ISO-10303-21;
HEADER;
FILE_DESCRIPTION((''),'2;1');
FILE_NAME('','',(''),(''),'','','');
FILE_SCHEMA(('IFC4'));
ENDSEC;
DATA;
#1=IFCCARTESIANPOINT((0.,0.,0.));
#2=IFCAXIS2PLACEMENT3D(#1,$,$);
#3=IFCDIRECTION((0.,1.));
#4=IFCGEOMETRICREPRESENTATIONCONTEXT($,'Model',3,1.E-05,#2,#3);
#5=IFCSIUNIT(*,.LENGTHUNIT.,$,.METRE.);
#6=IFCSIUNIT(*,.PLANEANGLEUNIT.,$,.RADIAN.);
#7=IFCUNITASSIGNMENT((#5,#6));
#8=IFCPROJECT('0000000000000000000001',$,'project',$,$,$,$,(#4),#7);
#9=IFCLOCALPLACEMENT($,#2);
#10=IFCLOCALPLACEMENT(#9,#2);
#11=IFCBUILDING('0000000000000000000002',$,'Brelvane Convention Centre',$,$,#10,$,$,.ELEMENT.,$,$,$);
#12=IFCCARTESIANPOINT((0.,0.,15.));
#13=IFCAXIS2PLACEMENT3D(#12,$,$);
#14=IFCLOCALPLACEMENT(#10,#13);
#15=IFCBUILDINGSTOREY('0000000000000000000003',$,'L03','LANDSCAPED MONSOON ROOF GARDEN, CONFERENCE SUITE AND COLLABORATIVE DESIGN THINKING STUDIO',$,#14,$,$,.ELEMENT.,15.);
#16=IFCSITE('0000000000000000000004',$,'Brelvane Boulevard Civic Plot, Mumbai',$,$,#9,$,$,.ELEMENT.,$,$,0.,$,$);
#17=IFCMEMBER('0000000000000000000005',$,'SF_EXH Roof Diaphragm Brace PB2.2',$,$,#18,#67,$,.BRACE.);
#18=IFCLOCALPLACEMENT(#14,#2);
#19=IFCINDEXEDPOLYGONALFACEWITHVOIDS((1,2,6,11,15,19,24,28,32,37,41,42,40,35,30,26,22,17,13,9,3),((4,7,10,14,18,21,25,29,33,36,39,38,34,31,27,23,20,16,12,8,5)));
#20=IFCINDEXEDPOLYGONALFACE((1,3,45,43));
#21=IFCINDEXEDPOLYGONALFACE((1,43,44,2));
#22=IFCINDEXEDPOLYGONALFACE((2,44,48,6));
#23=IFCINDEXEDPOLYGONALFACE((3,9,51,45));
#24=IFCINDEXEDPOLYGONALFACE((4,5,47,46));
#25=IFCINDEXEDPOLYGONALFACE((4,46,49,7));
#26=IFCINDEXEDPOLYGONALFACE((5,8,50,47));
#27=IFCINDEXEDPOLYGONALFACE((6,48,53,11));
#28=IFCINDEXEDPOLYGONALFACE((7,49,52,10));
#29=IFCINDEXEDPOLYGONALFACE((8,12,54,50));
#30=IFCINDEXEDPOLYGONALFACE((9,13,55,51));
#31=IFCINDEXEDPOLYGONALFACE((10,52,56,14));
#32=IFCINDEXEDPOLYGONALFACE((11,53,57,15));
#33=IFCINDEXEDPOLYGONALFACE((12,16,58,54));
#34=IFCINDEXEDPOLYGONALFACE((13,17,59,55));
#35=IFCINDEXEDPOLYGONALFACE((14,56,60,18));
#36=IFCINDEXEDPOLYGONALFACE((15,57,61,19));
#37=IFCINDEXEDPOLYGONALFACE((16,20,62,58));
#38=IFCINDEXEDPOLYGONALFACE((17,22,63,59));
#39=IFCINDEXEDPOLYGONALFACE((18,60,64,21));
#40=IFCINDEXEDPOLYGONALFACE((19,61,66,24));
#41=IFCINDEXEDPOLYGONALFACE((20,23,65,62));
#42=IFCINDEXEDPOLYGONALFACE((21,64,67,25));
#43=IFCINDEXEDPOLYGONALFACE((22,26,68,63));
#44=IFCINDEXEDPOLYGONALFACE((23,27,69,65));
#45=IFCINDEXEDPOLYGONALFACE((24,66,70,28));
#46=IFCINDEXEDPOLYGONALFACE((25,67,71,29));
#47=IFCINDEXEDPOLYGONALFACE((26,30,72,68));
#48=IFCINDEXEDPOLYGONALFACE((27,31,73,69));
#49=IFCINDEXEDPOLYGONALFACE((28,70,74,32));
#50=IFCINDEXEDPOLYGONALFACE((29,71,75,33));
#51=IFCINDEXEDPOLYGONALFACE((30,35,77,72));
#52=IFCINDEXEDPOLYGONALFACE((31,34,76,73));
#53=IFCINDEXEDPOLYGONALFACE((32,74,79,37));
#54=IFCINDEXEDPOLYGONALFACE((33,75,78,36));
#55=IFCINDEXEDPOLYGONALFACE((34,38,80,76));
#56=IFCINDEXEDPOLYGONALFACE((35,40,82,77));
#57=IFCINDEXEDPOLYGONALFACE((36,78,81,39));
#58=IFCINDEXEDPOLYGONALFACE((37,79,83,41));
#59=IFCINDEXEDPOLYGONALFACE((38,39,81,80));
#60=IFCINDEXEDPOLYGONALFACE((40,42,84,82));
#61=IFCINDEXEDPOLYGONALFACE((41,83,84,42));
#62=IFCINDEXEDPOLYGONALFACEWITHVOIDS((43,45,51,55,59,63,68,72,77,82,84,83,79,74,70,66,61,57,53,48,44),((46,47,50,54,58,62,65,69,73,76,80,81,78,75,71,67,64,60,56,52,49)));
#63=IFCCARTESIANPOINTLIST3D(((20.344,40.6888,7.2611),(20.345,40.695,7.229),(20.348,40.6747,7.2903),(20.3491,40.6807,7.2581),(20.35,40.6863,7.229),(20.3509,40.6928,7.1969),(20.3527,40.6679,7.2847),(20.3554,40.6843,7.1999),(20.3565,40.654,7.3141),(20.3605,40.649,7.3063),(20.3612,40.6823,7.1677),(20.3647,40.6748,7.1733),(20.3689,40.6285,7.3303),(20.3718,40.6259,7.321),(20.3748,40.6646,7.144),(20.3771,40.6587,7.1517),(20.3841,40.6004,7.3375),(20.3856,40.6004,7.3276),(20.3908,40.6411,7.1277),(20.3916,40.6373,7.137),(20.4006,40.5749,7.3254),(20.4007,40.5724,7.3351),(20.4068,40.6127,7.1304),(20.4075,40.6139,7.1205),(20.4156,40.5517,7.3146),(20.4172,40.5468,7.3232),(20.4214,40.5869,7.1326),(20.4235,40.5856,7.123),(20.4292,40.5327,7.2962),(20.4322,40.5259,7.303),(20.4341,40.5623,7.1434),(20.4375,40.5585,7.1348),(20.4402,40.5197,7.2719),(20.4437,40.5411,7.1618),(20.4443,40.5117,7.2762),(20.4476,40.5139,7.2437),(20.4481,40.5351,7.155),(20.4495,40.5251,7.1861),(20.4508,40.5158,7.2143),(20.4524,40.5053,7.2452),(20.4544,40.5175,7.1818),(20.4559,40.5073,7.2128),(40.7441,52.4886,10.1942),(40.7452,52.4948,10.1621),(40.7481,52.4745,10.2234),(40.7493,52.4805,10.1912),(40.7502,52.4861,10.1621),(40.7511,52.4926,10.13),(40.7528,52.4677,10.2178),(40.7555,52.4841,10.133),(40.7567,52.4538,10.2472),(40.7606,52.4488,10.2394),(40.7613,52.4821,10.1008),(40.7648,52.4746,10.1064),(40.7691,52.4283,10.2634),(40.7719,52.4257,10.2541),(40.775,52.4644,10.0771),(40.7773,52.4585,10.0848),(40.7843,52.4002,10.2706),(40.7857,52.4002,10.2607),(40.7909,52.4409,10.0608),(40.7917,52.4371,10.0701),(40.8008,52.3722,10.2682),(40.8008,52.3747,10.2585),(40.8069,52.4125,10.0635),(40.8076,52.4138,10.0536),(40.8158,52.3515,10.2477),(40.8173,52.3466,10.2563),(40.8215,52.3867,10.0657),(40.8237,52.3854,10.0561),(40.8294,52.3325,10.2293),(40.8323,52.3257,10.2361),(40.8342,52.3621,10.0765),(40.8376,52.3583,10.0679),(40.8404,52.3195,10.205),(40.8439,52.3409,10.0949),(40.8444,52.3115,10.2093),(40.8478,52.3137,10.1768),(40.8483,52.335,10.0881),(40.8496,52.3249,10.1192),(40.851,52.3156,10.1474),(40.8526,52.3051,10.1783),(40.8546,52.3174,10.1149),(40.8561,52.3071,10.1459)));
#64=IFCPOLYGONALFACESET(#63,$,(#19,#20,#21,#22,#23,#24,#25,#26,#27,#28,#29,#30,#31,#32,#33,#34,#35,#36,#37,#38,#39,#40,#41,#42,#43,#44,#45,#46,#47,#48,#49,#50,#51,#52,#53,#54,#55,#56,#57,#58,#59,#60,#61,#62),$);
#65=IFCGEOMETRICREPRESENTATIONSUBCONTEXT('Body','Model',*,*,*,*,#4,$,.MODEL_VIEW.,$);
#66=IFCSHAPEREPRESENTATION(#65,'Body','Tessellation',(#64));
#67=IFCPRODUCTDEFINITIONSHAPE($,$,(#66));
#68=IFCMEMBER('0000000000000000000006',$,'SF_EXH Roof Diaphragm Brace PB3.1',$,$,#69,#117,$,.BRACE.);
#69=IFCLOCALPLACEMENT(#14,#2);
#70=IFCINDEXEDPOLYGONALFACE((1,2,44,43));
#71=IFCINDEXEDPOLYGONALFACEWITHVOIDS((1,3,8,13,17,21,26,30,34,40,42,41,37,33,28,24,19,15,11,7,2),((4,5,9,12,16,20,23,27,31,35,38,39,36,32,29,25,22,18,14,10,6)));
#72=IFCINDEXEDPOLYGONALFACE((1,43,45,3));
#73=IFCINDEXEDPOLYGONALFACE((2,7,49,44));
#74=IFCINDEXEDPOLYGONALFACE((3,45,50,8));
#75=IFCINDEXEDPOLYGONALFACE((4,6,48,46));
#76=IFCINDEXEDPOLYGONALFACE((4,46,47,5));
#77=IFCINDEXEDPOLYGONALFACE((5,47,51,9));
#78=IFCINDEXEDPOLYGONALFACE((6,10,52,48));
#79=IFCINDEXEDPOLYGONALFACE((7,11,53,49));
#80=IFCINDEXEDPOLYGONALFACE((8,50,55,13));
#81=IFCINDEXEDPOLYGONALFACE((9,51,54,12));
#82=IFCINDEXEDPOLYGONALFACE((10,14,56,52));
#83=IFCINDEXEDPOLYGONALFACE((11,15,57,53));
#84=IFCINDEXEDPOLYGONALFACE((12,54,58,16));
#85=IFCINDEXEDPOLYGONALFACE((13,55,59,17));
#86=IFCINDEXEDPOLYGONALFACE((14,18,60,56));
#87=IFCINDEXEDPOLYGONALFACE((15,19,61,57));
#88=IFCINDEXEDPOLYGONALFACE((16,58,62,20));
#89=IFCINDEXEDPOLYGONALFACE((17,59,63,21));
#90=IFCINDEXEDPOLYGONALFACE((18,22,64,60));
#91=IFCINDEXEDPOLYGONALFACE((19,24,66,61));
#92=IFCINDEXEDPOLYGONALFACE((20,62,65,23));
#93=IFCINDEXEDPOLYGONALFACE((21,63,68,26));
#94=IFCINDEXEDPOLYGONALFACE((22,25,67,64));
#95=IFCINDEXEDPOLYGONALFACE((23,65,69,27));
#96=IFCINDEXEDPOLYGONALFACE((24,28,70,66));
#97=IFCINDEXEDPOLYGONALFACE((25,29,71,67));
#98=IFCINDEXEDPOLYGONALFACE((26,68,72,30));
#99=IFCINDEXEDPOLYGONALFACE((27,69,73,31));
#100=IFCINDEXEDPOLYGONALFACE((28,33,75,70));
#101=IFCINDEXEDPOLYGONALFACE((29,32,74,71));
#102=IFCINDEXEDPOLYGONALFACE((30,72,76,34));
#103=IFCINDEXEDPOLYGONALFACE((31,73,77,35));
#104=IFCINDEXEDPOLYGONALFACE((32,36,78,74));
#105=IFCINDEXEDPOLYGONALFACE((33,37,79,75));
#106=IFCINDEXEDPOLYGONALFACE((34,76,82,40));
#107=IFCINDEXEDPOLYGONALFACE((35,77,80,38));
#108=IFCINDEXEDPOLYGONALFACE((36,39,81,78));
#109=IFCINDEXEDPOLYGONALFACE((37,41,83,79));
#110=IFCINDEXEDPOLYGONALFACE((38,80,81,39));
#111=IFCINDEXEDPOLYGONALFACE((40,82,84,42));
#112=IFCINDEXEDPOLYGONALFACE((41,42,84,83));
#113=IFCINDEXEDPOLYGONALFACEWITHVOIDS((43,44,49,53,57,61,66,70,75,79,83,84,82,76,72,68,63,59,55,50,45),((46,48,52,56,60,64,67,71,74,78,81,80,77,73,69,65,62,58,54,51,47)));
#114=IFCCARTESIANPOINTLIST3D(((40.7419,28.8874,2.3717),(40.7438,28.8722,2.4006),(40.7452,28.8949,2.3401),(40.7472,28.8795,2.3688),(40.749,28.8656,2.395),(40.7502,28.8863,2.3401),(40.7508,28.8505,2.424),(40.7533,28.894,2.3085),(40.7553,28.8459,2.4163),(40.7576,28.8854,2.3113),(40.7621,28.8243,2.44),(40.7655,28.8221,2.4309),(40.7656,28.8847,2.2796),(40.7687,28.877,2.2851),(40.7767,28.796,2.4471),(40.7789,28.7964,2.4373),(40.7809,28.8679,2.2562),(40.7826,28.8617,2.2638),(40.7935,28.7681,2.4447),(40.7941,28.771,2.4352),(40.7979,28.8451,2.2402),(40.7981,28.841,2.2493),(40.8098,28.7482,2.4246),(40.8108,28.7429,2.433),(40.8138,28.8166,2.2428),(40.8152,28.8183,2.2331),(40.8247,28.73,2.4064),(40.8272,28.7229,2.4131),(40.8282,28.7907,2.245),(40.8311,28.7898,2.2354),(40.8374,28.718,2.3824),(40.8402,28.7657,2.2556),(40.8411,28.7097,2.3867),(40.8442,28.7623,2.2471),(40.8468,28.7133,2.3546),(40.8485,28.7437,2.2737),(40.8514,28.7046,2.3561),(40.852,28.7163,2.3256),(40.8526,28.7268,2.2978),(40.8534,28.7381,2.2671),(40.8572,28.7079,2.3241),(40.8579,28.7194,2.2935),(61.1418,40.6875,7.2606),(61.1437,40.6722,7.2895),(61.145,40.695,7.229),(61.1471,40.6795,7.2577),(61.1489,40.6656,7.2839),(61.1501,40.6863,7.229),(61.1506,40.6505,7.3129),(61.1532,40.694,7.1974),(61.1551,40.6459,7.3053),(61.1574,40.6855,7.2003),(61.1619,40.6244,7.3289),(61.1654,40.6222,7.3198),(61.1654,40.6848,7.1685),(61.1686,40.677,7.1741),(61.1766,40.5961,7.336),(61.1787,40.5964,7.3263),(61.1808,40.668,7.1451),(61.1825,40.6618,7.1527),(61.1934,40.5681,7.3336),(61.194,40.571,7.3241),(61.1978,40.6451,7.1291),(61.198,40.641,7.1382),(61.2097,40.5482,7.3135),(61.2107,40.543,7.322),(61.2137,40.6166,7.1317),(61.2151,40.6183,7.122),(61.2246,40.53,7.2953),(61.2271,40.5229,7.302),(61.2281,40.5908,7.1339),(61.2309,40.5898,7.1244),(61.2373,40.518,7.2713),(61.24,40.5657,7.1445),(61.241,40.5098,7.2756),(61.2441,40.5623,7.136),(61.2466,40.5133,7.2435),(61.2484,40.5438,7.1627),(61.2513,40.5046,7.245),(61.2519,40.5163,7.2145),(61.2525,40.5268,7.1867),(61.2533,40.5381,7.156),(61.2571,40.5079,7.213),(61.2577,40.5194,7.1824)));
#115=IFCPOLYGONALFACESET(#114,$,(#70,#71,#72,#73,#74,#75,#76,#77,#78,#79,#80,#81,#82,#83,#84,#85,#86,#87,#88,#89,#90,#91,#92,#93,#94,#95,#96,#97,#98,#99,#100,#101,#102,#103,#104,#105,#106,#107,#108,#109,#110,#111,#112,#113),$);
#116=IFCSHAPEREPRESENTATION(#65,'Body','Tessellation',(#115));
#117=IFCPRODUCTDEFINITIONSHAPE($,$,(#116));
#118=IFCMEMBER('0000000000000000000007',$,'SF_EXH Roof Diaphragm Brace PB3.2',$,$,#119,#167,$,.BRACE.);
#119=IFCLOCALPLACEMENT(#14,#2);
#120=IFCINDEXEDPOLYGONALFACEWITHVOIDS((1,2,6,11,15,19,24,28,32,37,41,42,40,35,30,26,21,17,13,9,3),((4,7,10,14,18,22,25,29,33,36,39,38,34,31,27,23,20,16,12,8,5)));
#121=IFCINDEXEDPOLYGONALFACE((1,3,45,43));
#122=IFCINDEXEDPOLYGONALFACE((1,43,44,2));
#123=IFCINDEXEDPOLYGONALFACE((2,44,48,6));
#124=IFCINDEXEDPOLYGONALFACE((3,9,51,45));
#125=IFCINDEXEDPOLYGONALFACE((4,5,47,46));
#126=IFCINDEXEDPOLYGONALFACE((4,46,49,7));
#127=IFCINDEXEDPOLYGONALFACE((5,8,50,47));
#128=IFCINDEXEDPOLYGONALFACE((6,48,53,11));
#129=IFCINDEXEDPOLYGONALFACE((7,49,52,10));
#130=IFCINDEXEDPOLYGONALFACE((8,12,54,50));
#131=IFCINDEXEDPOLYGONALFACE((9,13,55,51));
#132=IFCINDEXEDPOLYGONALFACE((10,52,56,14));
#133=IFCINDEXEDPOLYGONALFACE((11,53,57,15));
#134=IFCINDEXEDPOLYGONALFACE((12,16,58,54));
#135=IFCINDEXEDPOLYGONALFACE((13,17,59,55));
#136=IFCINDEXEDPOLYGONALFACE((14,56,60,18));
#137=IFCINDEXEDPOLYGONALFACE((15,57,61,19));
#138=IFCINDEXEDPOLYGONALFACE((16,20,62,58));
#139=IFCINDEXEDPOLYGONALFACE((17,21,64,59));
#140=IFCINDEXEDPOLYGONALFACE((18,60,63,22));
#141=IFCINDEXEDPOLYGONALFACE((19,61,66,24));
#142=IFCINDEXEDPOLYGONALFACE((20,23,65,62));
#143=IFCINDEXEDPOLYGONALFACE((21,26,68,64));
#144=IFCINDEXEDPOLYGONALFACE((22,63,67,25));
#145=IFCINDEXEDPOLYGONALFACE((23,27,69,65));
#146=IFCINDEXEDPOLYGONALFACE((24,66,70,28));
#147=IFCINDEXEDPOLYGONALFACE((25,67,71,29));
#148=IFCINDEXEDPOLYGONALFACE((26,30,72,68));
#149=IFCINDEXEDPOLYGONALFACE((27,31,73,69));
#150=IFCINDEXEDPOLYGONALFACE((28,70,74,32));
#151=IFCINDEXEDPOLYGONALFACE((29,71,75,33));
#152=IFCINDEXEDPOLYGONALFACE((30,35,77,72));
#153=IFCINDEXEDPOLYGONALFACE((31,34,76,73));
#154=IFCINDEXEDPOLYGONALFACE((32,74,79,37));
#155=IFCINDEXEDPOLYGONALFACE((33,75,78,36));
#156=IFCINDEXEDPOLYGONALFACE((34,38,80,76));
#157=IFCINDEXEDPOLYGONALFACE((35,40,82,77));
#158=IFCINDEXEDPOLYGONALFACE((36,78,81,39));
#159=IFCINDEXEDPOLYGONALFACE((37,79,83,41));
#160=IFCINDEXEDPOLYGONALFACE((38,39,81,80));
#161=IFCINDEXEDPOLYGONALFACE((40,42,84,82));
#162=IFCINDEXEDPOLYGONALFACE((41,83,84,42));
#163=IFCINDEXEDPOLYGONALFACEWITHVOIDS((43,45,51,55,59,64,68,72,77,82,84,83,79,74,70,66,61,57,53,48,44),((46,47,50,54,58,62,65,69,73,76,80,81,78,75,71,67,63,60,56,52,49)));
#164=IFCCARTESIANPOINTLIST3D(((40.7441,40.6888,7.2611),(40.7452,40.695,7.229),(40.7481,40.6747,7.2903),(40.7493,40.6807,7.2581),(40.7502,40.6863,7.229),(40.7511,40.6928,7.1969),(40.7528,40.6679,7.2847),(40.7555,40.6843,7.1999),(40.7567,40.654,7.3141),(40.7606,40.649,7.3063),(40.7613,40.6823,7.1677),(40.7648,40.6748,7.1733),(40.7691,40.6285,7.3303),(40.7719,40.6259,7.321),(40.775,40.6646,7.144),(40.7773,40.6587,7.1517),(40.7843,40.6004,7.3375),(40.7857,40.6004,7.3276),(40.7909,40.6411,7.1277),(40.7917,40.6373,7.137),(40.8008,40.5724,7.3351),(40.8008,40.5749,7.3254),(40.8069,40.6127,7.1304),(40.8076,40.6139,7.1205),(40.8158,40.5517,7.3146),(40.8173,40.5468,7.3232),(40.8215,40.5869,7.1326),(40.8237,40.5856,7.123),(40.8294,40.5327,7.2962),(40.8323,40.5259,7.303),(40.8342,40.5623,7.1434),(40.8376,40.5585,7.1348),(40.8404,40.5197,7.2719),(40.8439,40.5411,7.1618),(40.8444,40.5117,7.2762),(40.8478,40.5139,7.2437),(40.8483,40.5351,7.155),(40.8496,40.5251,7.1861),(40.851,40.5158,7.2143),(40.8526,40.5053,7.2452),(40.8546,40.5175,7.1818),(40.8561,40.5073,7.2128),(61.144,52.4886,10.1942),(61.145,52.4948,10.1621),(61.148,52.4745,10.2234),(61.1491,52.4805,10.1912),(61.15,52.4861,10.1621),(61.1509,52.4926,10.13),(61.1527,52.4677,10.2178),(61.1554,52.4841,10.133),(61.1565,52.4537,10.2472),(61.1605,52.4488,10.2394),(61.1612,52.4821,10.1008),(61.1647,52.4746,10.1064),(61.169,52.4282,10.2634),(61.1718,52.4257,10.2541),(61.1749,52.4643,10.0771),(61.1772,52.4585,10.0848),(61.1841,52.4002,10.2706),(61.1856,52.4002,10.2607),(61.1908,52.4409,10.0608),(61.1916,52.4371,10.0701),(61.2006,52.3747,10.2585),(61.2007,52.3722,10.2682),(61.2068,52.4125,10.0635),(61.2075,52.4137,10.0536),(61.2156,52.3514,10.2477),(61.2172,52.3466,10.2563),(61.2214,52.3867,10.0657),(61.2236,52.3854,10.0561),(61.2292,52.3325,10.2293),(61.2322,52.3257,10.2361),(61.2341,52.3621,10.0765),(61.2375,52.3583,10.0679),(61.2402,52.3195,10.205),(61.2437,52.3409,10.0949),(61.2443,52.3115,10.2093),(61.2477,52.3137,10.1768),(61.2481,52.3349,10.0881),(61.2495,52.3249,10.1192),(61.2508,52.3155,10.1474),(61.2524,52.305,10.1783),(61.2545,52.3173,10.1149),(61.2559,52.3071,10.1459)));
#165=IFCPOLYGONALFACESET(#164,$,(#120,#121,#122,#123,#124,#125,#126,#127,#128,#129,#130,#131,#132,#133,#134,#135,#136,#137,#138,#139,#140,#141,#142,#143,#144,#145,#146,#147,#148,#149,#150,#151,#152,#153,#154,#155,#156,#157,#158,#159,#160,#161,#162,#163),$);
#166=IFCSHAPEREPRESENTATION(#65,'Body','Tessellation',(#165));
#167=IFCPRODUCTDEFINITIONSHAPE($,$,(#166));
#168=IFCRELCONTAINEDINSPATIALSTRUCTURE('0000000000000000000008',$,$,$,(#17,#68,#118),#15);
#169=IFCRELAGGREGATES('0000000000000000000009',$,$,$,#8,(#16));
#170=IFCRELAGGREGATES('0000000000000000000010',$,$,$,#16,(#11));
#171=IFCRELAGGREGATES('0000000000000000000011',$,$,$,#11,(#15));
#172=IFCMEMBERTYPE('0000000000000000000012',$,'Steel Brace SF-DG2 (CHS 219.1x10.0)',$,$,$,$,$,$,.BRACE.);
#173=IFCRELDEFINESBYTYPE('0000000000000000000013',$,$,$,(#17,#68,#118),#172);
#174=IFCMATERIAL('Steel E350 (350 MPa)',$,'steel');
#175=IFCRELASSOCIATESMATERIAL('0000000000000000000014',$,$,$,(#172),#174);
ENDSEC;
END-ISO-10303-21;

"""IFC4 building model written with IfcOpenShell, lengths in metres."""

from ifc_helpers import new_model, si_unit, direction, frame, origin, origin_2d, place, context, subcontext, project, spatial, hollow_circle, extrude, material, material_profile, profile_set, type_object, element, save


model = new_model("IFC4")

# Units and contexts
model_context = context("Model", 3, precision=1e-05, world=origin(), true_north=direction((0.0, 1.0)))
body_context = subcontext(model_context, "Body", "Model", "MODEL_VIEW")
ifc_project = project(units=[si_unit("LENGTHUNIT", "METRE"), si_unit("PLANEANGLEUNIT", "RADIAN")], contexts=[model_context])

# Site, building, storey
site_placement = place(None, origin())
site = spatial("IfcSite", under=ifc_project, at=site_placement, Name="Brelvane Boulevard Civic Plot, Mumbai", CompositionType="ELEMENT", RefElevation=0.0)
building_placement = place(site_placement, origin())
building = spatial("IfcBuilding", under=site, at=building_placement, Name="Brelvane Convention Centre", CompositionType="ELEMENT")
storey_placement = place(building_placement, frame((0.0, 0.0, 15.0)))
storey = spatial("IfcBuildingStorey", under=building, at=storey_placement, Name="L03", Description="LANDSCAPED MONSOON ROOF GARDEN, CONFERENCE SUITE AND COLLABORATIVE DESIGN THINKING STUDIO", CompositionType="ELEMENT", Elevation=15.0)

# Members
ifc_material_1 = material(Name="Steel E350 (350 MPa)", Category="steel")
ifc_material_profile_1 = material_profile(ifc_material_1, hollow_circle(Radius=0.1096, WallThickness=0.01, at=origin_2d()), Name="CHS 219.1x10.0")
ifc_profile_set_1 = profile_set([ifc_material_profile_1], Name="Steel E350 (350 MPa)")
member_type_1 = type_object("IfcMemberType", Name="Steel Brace SF-DG2 (CHS 219.1x10.0)", PredefinedType="BRACE", material=ifc_profile_set_1)
member_1_placement = place(storey_placement, frame((20.3999, 40.6001, 7.229), z_axis=(0.858998, 0.496859, 0.123506), x_axis=(-0.500693, 0.865625, 0.0)))
element("IfcMember", 1, at=member_1_placement, inside=storey, type_object=member_type_1, Name="SF_EXH Roof Diaphragm Brace PB2.2", PredefinedType="BRACE", context=body_context, shape_type="SweptSolid", body=[
    extrude(hollow_circle(Radius=0.1096, WallThickness=0.01, at=origin_2d()), origin(), (0.0, 0.0, 1.0), 23.7488),
])
member_2_placement = place(storey_placement, frame((40.8, 28.8, 2.3401), z_axis=(0.847572, 0.490267, 0.203124), x_axis=(-0.500705, 0.865618, 0.0)))
element("IfcMember", 2, at=member_2_placement, inside=storey, type_object=member_type_1, Name="SF_EXH Roof Diaphragm Brace PB3.1", PredefinedType="BRACE", context=body_context, shape_type="SweptSolid", body=[
    extrude(hollow_circle(Radius=0.1096, WallThickness=0.01, at=origin_2d()), origin(), (0.0, 0.0, 1.0), 24.0686),
])
member_3_placement = place(storey_placement, frame((40.8, 40.6001, 7.229), z_axis=(0.858995, 0.496864, 0.123507), x_axis=(-0.500697, 0.865622, 0.0)))
element("IfcMember", 3, at=member_3_placement, inside=storey, type_object=member_type_1, Name="SF_EXH Roof Diaphragm Brace PB3.2", PredefinedType="BRACE", context=body_context, shape_type="SweptSolid", body=[
    extrude(hollow_circle(Radius=0.1096, WallThickness=0.01, at=origin_2d()), origin(), (0.0, 0.0, 1.0), 23.7485),
])

save(model, "model.ifc")
